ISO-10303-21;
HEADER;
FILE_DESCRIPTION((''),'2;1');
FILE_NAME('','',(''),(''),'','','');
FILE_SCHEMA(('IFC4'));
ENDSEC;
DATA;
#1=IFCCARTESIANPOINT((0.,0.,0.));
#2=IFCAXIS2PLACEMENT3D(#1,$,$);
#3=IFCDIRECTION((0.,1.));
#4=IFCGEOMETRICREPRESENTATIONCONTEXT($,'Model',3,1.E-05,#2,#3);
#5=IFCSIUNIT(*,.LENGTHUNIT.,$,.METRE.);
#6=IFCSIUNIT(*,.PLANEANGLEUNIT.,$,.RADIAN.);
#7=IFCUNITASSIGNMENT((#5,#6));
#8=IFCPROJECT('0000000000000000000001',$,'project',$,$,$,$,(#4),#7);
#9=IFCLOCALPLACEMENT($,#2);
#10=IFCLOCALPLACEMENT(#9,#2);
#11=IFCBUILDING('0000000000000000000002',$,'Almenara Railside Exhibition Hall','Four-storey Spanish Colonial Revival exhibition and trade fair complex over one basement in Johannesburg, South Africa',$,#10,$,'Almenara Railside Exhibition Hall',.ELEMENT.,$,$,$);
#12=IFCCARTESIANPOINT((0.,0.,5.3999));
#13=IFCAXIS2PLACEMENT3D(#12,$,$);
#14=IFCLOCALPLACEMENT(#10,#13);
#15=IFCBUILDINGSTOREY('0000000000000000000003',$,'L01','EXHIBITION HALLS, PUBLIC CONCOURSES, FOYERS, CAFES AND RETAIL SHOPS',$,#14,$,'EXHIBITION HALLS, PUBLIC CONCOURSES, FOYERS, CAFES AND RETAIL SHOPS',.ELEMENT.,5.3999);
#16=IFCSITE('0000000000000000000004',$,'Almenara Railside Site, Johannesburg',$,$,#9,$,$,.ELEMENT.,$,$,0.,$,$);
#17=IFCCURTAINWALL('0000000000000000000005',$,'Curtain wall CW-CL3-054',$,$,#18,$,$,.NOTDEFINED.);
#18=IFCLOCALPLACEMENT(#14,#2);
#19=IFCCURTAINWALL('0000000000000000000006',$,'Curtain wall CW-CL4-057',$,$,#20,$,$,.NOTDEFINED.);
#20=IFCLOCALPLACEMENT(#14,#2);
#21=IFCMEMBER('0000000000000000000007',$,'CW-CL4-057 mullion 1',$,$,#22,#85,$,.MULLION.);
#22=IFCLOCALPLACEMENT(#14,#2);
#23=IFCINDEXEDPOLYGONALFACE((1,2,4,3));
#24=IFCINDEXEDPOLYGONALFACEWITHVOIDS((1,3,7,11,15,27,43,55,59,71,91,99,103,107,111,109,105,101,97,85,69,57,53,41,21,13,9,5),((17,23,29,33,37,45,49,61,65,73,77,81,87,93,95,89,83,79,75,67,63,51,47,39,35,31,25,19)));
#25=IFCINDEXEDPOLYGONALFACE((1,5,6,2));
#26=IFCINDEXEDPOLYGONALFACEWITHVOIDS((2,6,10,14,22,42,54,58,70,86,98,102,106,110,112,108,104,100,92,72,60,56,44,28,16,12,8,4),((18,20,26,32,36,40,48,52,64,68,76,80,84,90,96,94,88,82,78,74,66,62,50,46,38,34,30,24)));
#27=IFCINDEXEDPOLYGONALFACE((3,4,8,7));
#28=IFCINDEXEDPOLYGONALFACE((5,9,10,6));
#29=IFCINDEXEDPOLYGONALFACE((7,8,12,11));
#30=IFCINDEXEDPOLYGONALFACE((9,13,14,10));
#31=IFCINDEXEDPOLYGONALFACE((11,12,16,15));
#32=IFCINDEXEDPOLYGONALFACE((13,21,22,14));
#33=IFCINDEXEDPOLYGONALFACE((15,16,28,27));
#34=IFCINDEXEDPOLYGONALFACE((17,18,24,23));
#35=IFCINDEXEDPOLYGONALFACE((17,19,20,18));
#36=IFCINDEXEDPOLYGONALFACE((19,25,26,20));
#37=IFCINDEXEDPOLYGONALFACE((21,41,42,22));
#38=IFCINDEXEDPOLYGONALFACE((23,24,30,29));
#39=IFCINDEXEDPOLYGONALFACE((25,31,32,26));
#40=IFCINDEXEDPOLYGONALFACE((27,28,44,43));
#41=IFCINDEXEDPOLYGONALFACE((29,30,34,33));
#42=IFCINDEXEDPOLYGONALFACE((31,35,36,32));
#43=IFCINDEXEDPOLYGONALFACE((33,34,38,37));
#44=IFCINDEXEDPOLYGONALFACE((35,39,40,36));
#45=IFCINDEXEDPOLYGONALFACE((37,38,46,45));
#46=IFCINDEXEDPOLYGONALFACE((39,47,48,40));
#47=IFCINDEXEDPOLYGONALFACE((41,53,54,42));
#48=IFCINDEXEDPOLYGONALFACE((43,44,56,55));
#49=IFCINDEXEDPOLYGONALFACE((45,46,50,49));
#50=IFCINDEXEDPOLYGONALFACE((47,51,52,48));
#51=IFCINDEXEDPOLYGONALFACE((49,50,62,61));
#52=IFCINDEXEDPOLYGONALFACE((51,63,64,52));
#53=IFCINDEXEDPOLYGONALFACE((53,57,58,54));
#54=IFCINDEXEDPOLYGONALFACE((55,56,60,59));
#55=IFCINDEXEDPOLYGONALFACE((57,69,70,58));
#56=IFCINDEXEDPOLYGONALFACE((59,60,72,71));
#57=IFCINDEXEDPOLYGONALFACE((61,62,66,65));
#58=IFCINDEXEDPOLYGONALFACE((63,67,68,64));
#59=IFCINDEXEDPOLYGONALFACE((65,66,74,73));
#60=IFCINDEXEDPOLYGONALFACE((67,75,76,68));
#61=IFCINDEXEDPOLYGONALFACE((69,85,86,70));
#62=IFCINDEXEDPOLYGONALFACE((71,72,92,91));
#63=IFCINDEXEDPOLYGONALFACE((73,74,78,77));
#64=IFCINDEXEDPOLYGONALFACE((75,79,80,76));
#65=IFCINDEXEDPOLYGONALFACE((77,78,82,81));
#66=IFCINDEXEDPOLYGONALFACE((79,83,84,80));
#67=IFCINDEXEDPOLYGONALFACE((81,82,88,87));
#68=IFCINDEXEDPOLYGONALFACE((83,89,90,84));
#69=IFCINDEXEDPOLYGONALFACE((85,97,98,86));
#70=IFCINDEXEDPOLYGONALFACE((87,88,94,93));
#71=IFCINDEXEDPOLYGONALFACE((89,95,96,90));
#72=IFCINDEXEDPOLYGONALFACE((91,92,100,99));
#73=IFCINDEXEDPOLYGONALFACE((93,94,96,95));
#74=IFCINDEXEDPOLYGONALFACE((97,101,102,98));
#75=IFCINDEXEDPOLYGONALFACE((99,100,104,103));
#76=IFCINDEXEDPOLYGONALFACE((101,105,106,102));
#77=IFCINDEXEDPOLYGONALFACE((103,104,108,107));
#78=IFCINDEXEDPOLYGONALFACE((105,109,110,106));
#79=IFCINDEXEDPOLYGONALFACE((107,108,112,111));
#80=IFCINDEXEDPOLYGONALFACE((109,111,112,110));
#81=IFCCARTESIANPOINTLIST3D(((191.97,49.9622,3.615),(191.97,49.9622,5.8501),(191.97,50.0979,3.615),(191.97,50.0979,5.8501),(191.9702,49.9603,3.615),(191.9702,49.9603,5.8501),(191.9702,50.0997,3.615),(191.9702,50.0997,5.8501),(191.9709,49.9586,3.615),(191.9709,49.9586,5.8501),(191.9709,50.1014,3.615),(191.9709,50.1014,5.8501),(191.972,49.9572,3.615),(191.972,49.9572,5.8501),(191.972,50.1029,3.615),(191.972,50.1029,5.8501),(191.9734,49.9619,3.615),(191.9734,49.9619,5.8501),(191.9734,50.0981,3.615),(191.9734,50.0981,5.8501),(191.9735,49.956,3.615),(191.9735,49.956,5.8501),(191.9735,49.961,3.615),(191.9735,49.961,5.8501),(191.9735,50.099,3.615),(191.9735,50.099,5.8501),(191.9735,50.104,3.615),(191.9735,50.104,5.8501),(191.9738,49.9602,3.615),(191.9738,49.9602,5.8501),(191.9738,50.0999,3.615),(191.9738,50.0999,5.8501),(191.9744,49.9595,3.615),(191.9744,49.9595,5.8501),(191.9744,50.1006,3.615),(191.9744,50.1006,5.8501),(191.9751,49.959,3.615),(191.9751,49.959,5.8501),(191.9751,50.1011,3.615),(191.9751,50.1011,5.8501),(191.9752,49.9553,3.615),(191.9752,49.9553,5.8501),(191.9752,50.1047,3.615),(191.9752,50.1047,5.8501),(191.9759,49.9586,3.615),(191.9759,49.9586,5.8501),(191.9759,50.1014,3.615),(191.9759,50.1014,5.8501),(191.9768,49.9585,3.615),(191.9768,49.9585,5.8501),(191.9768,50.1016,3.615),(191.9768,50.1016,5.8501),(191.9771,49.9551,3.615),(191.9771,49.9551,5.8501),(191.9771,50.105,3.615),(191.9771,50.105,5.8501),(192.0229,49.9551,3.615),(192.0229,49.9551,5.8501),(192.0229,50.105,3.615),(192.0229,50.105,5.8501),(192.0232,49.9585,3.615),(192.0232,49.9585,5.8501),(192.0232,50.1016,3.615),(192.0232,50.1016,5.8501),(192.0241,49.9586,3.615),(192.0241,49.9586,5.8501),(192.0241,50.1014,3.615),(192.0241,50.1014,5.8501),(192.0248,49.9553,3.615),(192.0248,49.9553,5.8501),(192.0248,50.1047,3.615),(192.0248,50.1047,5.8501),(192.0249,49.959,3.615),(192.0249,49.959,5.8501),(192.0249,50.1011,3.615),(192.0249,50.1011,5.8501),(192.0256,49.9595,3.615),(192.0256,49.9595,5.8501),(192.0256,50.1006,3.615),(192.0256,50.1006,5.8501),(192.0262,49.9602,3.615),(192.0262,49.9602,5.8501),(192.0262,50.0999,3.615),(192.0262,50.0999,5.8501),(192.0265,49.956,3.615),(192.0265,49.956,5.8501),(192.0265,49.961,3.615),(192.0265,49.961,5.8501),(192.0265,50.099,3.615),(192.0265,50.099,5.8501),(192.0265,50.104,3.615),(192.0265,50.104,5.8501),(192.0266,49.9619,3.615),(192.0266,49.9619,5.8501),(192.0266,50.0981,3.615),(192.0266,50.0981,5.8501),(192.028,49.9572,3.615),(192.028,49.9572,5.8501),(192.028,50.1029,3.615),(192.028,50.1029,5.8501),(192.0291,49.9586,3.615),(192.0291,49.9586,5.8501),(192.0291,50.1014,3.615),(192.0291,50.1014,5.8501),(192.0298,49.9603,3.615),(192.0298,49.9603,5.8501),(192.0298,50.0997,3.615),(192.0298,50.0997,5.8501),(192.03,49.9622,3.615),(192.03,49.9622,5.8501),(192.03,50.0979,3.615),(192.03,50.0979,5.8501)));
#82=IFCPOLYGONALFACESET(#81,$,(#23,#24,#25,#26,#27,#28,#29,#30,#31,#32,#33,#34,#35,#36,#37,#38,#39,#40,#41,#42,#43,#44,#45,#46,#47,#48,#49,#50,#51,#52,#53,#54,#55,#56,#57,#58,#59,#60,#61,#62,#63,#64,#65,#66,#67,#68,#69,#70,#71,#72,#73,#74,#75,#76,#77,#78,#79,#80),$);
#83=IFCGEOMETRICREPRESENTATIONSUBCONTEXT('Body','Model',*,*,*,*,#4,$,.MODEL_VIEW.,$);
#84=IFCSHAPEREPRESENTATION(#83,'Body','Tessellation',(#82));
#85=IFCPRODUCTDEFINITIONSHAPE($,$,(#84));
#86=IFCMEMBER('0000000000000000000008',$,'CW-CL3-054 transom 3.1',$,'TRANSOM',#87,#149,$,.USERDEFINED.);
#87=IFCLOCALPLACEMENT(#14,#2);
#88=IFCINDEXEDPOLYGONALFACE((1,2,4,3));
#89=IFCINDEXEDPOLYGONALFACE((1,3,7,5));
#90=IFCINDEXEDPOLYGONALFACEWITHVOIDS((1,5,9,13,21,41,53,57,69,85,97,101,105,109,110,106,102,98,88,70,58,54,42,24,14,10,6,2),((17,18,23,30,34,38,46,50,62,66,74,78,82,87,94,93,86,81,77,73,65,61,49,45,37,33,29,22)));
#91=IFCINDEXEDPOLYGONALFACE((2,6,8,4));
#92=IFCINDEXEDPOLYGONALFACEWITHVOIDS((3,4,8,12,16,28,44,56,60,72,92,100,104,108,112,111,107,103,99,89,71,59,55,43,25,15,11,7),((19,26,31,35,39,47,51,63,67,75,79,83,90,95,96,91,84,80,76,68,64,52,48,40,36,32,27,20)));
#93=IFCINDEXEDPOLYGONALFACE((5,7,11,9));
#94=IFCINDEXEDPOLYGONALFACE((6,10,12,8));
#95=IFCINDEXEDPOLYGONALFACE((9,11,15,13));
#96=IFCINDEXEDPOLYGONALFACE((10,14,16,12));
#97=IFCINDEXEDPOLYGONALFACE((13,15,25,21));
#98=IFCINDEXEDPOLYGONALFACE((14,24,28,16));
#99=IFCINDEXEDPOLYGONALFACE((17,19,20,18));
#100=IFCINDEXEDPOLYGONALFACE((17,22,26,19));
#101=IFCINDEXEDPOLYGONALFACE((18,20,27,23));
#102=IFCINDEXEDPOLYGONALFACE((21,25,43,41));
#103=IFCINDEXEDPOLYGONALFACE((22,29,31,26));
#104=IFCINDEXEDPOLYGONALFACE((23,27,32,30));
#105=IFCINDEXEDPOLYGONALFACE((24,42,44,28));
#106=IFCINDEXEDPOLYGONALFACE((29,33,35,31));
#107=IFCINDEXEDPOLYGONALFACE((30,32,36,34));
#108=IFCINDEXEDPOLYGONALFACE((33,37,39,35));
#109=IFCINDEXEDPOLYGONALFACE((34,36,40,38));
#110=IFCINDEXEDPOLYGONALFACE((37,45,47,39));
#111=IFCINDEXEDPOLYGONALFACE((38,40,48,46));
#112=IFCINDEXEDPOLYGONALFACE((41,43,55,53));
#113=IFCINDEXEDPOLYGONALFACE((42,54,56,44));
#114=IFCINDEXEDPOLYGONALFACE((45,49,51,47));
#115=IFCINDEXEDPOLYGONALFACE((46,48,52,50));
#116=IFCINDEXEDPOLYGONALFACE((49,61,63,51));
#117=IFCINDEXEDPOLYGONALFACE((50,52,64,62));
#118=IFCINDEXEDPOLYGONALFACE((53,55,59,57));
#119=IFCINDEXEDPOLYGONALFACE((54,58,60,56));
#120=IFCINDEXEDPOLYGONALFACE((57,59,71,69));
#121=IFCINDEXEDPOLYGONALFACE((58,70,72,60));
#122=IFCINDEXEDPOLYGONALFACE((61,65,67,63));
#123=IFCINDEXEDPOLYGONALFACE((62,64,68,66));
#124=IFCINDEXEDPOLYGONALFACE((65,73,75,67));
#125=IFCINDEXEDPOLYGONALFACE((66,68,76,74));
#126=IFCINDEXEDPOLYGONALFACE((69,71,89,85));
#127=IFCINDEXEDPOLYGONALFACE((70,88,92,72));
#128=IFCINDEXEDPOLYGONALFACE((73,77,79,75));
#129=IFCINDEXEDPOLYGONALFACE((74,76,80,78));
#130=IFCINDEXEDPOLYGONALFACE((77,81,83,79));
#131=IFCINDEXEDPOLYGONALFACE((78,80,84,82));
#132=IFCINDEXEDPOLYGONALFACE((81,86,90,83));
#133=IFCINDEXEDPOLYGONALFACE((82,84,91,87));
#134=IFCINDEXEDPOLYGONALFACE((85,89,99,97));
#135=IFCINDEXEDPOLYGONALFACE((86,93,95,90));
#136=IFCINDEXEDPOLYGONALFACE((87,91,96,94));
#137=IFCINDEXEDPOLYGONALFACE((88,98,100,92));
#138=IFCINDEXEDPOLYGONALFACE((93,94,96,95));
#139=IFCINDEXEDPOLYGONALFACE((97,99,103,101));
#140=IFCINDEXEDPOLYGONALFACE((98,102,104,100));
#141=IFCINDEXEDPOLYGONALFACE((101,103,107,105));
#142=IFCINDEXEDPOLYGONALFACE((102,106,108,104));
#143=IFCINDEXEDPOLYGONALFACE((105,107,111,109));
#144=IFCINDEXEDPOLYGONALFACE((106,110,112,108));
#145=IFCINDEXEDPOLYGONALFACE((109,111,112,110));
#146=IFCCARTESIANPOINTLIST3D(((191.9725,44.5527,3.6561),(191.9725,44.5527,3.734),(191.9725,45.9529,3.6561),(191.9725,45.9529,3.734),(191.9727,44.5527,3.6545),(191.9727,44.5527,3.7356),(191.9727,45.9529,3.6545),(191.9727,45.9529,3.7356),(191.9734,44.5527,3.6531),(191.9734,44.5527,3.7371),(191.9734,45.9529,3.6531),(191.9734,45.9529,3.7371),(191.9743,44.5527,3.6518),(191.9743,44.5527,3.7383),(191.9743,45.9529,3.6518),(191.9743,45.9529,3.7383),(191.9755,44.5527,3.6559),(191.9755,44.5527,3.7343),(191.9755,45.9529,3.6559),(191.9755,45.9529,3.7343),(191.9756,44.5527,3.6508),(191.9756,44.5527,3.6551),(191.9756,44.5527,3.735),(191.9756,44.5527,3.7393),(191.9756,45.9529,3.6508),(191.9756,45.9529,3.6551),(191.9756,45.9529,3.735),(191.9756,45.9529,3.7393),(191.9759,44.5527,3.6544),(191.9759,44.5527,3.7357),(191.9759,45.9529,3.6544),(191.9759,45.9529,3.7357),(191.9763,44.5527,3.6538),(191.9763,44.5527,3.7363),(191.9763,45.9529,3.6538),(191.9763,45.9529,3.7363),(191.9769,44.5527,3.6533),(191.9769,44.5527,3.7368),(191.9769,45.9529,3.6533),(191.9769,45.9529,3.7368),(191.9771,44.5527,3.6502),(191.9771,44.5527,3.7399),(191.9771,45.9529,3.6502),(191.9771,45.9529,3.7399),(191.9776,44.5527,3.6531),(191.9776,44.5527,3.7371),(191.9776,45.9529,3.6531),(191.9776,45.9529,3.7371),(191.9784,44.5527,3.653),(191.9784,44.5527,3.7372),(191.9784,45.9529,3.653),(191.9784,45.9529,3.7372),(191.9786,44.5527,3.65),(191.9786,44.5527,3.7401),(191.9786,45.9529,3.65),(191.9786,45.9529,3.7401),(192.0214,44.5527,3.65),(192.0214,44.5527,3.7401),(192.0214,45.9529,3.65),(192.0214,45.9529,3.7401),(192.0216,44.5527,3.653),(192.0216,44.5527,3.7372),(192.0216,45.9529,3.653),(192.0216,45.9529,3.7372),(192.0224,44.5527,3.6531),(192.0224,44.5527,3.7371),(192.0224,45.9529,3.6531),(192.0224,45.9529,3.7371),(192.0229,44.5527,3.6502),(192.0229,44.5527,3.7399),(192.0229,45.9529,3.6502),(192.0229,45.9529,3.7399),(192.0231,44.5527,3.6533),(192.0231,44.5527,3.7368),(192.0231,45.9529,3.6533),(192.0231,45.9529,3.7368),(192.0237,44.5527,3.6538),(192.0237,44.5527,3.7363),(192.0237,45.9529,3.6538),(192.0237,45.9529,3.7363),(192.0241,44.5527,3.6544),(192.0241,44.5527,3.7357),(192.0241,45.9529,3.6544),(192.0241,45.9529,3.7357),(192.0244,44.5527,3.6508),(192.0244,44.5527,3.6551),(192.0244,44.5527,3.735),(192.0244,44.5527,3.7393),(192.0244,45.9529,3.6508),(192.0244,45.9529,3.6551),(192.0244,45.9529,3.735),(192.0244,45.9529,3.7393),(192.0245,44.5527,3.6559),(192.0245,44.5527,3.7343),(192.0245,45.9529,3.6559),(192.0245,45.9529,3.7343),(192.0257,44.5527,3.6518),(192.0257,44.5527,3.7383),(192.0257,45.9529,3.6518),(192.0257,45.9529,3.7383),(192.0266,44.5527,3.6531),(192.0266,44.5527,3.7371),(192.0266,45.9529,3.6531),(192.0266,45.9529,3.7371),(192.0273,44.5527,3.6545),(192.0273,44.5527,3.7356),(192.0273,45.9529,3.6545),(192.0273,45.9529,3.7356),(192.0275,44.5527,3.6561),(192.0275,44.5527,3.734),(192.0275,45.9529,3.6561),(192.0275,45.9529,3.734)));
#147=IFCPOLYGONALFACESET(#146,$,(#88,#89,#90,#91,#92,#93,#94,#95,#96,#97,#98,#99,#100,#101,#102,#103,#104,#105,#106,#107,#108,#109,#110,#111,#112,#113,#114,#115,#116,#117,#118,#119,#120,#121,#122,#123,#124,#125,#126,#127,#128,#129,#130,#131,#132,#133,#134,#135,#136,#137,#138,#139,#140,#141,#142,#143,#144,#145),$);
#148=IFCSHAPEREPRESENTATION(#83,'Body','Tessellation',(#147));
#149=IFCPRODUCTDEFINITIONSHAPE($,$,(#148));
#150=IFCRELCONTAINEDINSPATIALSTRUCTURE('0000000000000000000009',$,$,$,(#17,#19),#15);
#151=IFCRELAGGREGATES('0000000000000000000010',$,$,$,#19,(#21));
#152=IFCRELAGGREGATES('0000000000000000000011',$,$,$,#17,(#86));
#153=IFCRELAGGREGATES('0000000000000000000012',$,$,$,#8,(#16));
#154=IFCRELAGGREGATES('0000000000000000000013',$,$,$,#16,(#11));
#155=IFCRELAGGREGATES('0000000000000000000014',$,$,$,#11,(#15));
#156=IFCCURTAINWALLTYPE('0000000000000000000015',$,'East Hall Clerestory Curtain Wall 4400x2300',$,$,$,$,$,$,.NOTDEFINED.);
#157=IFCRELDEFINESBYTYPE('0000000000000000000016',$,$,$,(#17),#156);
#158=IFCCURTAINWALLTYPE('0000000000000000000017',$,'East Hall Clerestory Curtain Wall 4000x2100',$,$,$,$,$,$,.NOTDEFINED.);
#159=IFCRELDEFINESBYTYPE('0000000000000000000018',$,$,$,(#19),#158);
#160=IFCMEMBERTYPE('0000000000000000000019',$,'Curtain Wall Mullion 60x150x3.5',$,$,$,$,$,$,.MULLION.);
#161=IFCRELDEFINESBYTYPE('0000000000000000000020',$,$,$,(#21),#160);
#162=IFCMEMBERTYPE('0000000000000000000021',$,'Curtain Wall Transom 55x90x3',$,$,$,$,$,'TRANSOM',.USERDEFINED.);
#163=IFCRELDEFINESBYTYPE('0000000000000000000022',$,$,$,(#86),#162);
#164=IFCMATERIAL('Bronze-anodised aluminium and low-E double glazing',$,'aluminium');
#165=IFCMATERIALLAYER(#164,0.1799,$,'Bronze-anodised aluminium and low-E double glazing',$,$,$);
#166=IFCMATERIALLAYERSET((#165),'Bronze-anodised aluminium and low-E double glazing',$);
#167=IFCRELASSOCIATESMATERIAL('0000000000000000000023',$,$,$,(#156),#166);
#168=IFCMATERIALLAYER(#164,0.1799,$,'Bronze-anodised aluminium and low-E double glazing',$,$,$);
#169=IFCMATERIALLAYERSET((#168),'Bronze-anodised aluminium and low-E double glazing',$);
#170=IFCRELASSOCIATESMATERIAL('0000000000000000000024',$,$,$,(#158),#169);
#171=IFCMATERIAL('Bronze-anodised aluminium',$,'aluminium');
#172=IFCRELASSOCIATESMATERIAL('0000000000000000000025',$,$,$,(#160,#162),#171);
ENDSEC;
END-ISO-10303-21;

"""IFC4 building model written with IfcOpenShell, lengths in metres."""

from ifc_helpers import new_model, si_unit, direction, frame, origin, origin_2d, place, context, subcontext, project, spatial, hollow_rectangle, extrude, material, layer, layer_set, material_profile, profile_set, type_object, element, aggregate, save


model = new_model("IFC4")

# Units and contexts
model_context = context("Model", 3, precision=1e-05, world=origin(), true_north=direction((0.0, 1.0)))
body_context = subcontext(model_context, "Body", "Model", "MODEL_VIEW")
ifc_project = project(units=[si_unit("LENGTHUNIT", "METRE"), si_unit("PLANEANGLEUNIT", "RADIAN")], contexts=[model_context])

# Site, building, storey
site_placement = place(None, origin())
site = spatial("IfcSite", under=ifc_project, at=site_placement, Name="Almenara Railside Site, Johannesburg", CompositionType="ELEMENT", RefElevation=0.0)
building_placement = place(site_placement, origin())
building = spatial("IfcBuilding", under=site, at=building_placement, Name="Almenara Railside Exhibition Hall", Description="Four-storey Spanish Colonial Revival exhibition and trade fair complex over one basement in Johannesburg, South Africa", LongName="Almenara Railside Exhibition Hall", CompositionType="ELEMENT")
storey_placement = place(building_placement, frame((0.0, 0.0, 5.3999)))
storey = spatial("IfcBuildingStorey", under=building, at=storey_placement, Name="L01", Description="EXHIBITION HALLS, PUBLIC CONCOURSES, FOYERS, CAFES AND RETAIL SHOPS", LongName="EXHIBITION HALLS, PUBLIC CONCOURSES, FOYERS, CAFES AND RETAIL SHOPS", CompositionType="ELEMENT", Elevation=5.3999)

# Curtain wall
ifc_material_1 = material(Name="Bronze-anodised aluminium and low-E double glazing", Category="aluminium")
ifc_layer_1 = layer(ifc_material_1, 0.1799, Name="Bronze-anodised aluminium and low-E double glazing")
ifc_layer_set_1 = layer_set([ifc_layer_1], Name="Bronze-anodised aluminium and low-E double glazing")
curtain_wall_type_1 = type_object("IfcCurtainWallType", Name="East Hall Clerestory Curtain Wall 4400x2300", PredefinedType="NOTDEFINED", material=ifc_layer_set_1)
curtain_wall_1_placement = place(storey_placement, origin())
curtain_wall_1 = element("IfcCurtainWall", 1, at=curtain_wall_1_placement, inside=storey, type_object=curtain_wall_type_1, Name="Curtain wall CW-CL3-054", PredefinedType="NOTDEFINED")
ifc_material_2 = material(Name="Bronze-anodised aluminium", Category="aluminium")

# Curtain wall, member
ifc_layer_2 = layer(ifc_material_1, 0.1799, Name="Bronze-anodised aluminium and low-E double glazing")
ifc_layer_set_2 = layer_set([ifc_layer_2], Name="Bronze-anodised aluminium and low-E double glazing")
curtain_wall_type_2 = type_object("IfcCurtainWallType", Name="East Hall Clerestory Curtain Wall 4000x2100", PredefinedType="NOTDEFINED", material=ifc_layer_set_2)
curtain_wall_2_placement = place(storey_placement, origin())
curtain_wall_2 = element("IfcCurtainWall", 2, at=curtain_wall_2_placement, inside=storey, type_object=curtain_wall_type_2, Name="Curtain wall CW-CL4-057", PredefinedType="NOTDEFINED")
ifc_material_profile_1 = material_profile(ifc_material_2, hollow_rectangle(XDim=0.0601, YDim=0.1499, WallThickness=0.0034, InnerFilletRadius=0.0034, OuterFilletRadius=0.0071, at=origin_2d()), Name="ALU-MUL 60x150x3.5")
ifc_profile_set_1 = profile_set([ifc_material_profile_1], Name="Bronze-anodised aluminium")
member_type_1 = type_object("IfcMemberType", Name="Curtain Wall Mullion 60x150x3.5", PredefinedType="MULLION", material=ifc_profile_set_1)
member_1_placement = place(storey_placement, frame((192.0, 50.03, 3.615), z_axis=(0.0, 0.0, 1.0), x_axis=(-1.0, 0.0, 0.0)))
member_1 = element("IfcMember", 3, at=member_1_placement, type_object=member_type_1, Name="CW-CL4-057 mullion 1", PredefinedType="MULLION", context=body_context, shape_type="SweptSolid", body=[
    extrude(hollow_rectangle(XDim=0.0601, YDim=0.1499, WallThickness=0.0034, InnerFilletRadius=0.0034, OuterFilletRadius=0.0071, at=origin_2d()), origin(), (0.0, 0.0, 1.0), 2.2351),
])

# Member
ifc_material_profile_2 = material_profile(ifc_material_2, hollow_rectangle(XDim=0.0549, YDim=0.0901, WallThickness=0.0029, InnerFilletRadius=0.0029, OuterFilletRadius=0.0061, at=origin_2d()), Name="ALU-TRN 55x90x3")
ifc_profile_set_2 = profile_set([ifc_material_profile_2], Name="Bronze-anodised aluminium")
member_type_2 = type_object("IfcMemberType", Name="Curtain Wall Transom 55x90x3", ElementType="TRANSOM", PredefinedType="USERDEFINED", material=ifc_profile_set_2)
member_2_placement = place(storey_placement, frame((192.0, 44.5527, 3.6951), z_axis=(0.0, 1.0, 0.0), x_axis=(-1.0, 0.0, 0.0)))
member_2 = element("IfcMember", 4, at=member_2_placement, type_object=member_type_2, Name="CW-CL3-054 transom 3.1", ObjectType="TRANSOM", PredefinedType="USERDEFINED", context=body_context, shape_type="SweptSolid", body=[
    extrude(hollow_rectangle(XDim=0.0549, YDim=0.0901, WallThickness=0.0029, InnerFilletRadius=0.0029, OuterFilletRadius=0.0061, at=origin_2d()), origin(), (0.0, 0.0, 1.0), 1.4001),
])
aggregate(curtain_wall_2, [member_1])

aggregate(curtain_wall_1, [member_2])

save(model, "model.ifc")
